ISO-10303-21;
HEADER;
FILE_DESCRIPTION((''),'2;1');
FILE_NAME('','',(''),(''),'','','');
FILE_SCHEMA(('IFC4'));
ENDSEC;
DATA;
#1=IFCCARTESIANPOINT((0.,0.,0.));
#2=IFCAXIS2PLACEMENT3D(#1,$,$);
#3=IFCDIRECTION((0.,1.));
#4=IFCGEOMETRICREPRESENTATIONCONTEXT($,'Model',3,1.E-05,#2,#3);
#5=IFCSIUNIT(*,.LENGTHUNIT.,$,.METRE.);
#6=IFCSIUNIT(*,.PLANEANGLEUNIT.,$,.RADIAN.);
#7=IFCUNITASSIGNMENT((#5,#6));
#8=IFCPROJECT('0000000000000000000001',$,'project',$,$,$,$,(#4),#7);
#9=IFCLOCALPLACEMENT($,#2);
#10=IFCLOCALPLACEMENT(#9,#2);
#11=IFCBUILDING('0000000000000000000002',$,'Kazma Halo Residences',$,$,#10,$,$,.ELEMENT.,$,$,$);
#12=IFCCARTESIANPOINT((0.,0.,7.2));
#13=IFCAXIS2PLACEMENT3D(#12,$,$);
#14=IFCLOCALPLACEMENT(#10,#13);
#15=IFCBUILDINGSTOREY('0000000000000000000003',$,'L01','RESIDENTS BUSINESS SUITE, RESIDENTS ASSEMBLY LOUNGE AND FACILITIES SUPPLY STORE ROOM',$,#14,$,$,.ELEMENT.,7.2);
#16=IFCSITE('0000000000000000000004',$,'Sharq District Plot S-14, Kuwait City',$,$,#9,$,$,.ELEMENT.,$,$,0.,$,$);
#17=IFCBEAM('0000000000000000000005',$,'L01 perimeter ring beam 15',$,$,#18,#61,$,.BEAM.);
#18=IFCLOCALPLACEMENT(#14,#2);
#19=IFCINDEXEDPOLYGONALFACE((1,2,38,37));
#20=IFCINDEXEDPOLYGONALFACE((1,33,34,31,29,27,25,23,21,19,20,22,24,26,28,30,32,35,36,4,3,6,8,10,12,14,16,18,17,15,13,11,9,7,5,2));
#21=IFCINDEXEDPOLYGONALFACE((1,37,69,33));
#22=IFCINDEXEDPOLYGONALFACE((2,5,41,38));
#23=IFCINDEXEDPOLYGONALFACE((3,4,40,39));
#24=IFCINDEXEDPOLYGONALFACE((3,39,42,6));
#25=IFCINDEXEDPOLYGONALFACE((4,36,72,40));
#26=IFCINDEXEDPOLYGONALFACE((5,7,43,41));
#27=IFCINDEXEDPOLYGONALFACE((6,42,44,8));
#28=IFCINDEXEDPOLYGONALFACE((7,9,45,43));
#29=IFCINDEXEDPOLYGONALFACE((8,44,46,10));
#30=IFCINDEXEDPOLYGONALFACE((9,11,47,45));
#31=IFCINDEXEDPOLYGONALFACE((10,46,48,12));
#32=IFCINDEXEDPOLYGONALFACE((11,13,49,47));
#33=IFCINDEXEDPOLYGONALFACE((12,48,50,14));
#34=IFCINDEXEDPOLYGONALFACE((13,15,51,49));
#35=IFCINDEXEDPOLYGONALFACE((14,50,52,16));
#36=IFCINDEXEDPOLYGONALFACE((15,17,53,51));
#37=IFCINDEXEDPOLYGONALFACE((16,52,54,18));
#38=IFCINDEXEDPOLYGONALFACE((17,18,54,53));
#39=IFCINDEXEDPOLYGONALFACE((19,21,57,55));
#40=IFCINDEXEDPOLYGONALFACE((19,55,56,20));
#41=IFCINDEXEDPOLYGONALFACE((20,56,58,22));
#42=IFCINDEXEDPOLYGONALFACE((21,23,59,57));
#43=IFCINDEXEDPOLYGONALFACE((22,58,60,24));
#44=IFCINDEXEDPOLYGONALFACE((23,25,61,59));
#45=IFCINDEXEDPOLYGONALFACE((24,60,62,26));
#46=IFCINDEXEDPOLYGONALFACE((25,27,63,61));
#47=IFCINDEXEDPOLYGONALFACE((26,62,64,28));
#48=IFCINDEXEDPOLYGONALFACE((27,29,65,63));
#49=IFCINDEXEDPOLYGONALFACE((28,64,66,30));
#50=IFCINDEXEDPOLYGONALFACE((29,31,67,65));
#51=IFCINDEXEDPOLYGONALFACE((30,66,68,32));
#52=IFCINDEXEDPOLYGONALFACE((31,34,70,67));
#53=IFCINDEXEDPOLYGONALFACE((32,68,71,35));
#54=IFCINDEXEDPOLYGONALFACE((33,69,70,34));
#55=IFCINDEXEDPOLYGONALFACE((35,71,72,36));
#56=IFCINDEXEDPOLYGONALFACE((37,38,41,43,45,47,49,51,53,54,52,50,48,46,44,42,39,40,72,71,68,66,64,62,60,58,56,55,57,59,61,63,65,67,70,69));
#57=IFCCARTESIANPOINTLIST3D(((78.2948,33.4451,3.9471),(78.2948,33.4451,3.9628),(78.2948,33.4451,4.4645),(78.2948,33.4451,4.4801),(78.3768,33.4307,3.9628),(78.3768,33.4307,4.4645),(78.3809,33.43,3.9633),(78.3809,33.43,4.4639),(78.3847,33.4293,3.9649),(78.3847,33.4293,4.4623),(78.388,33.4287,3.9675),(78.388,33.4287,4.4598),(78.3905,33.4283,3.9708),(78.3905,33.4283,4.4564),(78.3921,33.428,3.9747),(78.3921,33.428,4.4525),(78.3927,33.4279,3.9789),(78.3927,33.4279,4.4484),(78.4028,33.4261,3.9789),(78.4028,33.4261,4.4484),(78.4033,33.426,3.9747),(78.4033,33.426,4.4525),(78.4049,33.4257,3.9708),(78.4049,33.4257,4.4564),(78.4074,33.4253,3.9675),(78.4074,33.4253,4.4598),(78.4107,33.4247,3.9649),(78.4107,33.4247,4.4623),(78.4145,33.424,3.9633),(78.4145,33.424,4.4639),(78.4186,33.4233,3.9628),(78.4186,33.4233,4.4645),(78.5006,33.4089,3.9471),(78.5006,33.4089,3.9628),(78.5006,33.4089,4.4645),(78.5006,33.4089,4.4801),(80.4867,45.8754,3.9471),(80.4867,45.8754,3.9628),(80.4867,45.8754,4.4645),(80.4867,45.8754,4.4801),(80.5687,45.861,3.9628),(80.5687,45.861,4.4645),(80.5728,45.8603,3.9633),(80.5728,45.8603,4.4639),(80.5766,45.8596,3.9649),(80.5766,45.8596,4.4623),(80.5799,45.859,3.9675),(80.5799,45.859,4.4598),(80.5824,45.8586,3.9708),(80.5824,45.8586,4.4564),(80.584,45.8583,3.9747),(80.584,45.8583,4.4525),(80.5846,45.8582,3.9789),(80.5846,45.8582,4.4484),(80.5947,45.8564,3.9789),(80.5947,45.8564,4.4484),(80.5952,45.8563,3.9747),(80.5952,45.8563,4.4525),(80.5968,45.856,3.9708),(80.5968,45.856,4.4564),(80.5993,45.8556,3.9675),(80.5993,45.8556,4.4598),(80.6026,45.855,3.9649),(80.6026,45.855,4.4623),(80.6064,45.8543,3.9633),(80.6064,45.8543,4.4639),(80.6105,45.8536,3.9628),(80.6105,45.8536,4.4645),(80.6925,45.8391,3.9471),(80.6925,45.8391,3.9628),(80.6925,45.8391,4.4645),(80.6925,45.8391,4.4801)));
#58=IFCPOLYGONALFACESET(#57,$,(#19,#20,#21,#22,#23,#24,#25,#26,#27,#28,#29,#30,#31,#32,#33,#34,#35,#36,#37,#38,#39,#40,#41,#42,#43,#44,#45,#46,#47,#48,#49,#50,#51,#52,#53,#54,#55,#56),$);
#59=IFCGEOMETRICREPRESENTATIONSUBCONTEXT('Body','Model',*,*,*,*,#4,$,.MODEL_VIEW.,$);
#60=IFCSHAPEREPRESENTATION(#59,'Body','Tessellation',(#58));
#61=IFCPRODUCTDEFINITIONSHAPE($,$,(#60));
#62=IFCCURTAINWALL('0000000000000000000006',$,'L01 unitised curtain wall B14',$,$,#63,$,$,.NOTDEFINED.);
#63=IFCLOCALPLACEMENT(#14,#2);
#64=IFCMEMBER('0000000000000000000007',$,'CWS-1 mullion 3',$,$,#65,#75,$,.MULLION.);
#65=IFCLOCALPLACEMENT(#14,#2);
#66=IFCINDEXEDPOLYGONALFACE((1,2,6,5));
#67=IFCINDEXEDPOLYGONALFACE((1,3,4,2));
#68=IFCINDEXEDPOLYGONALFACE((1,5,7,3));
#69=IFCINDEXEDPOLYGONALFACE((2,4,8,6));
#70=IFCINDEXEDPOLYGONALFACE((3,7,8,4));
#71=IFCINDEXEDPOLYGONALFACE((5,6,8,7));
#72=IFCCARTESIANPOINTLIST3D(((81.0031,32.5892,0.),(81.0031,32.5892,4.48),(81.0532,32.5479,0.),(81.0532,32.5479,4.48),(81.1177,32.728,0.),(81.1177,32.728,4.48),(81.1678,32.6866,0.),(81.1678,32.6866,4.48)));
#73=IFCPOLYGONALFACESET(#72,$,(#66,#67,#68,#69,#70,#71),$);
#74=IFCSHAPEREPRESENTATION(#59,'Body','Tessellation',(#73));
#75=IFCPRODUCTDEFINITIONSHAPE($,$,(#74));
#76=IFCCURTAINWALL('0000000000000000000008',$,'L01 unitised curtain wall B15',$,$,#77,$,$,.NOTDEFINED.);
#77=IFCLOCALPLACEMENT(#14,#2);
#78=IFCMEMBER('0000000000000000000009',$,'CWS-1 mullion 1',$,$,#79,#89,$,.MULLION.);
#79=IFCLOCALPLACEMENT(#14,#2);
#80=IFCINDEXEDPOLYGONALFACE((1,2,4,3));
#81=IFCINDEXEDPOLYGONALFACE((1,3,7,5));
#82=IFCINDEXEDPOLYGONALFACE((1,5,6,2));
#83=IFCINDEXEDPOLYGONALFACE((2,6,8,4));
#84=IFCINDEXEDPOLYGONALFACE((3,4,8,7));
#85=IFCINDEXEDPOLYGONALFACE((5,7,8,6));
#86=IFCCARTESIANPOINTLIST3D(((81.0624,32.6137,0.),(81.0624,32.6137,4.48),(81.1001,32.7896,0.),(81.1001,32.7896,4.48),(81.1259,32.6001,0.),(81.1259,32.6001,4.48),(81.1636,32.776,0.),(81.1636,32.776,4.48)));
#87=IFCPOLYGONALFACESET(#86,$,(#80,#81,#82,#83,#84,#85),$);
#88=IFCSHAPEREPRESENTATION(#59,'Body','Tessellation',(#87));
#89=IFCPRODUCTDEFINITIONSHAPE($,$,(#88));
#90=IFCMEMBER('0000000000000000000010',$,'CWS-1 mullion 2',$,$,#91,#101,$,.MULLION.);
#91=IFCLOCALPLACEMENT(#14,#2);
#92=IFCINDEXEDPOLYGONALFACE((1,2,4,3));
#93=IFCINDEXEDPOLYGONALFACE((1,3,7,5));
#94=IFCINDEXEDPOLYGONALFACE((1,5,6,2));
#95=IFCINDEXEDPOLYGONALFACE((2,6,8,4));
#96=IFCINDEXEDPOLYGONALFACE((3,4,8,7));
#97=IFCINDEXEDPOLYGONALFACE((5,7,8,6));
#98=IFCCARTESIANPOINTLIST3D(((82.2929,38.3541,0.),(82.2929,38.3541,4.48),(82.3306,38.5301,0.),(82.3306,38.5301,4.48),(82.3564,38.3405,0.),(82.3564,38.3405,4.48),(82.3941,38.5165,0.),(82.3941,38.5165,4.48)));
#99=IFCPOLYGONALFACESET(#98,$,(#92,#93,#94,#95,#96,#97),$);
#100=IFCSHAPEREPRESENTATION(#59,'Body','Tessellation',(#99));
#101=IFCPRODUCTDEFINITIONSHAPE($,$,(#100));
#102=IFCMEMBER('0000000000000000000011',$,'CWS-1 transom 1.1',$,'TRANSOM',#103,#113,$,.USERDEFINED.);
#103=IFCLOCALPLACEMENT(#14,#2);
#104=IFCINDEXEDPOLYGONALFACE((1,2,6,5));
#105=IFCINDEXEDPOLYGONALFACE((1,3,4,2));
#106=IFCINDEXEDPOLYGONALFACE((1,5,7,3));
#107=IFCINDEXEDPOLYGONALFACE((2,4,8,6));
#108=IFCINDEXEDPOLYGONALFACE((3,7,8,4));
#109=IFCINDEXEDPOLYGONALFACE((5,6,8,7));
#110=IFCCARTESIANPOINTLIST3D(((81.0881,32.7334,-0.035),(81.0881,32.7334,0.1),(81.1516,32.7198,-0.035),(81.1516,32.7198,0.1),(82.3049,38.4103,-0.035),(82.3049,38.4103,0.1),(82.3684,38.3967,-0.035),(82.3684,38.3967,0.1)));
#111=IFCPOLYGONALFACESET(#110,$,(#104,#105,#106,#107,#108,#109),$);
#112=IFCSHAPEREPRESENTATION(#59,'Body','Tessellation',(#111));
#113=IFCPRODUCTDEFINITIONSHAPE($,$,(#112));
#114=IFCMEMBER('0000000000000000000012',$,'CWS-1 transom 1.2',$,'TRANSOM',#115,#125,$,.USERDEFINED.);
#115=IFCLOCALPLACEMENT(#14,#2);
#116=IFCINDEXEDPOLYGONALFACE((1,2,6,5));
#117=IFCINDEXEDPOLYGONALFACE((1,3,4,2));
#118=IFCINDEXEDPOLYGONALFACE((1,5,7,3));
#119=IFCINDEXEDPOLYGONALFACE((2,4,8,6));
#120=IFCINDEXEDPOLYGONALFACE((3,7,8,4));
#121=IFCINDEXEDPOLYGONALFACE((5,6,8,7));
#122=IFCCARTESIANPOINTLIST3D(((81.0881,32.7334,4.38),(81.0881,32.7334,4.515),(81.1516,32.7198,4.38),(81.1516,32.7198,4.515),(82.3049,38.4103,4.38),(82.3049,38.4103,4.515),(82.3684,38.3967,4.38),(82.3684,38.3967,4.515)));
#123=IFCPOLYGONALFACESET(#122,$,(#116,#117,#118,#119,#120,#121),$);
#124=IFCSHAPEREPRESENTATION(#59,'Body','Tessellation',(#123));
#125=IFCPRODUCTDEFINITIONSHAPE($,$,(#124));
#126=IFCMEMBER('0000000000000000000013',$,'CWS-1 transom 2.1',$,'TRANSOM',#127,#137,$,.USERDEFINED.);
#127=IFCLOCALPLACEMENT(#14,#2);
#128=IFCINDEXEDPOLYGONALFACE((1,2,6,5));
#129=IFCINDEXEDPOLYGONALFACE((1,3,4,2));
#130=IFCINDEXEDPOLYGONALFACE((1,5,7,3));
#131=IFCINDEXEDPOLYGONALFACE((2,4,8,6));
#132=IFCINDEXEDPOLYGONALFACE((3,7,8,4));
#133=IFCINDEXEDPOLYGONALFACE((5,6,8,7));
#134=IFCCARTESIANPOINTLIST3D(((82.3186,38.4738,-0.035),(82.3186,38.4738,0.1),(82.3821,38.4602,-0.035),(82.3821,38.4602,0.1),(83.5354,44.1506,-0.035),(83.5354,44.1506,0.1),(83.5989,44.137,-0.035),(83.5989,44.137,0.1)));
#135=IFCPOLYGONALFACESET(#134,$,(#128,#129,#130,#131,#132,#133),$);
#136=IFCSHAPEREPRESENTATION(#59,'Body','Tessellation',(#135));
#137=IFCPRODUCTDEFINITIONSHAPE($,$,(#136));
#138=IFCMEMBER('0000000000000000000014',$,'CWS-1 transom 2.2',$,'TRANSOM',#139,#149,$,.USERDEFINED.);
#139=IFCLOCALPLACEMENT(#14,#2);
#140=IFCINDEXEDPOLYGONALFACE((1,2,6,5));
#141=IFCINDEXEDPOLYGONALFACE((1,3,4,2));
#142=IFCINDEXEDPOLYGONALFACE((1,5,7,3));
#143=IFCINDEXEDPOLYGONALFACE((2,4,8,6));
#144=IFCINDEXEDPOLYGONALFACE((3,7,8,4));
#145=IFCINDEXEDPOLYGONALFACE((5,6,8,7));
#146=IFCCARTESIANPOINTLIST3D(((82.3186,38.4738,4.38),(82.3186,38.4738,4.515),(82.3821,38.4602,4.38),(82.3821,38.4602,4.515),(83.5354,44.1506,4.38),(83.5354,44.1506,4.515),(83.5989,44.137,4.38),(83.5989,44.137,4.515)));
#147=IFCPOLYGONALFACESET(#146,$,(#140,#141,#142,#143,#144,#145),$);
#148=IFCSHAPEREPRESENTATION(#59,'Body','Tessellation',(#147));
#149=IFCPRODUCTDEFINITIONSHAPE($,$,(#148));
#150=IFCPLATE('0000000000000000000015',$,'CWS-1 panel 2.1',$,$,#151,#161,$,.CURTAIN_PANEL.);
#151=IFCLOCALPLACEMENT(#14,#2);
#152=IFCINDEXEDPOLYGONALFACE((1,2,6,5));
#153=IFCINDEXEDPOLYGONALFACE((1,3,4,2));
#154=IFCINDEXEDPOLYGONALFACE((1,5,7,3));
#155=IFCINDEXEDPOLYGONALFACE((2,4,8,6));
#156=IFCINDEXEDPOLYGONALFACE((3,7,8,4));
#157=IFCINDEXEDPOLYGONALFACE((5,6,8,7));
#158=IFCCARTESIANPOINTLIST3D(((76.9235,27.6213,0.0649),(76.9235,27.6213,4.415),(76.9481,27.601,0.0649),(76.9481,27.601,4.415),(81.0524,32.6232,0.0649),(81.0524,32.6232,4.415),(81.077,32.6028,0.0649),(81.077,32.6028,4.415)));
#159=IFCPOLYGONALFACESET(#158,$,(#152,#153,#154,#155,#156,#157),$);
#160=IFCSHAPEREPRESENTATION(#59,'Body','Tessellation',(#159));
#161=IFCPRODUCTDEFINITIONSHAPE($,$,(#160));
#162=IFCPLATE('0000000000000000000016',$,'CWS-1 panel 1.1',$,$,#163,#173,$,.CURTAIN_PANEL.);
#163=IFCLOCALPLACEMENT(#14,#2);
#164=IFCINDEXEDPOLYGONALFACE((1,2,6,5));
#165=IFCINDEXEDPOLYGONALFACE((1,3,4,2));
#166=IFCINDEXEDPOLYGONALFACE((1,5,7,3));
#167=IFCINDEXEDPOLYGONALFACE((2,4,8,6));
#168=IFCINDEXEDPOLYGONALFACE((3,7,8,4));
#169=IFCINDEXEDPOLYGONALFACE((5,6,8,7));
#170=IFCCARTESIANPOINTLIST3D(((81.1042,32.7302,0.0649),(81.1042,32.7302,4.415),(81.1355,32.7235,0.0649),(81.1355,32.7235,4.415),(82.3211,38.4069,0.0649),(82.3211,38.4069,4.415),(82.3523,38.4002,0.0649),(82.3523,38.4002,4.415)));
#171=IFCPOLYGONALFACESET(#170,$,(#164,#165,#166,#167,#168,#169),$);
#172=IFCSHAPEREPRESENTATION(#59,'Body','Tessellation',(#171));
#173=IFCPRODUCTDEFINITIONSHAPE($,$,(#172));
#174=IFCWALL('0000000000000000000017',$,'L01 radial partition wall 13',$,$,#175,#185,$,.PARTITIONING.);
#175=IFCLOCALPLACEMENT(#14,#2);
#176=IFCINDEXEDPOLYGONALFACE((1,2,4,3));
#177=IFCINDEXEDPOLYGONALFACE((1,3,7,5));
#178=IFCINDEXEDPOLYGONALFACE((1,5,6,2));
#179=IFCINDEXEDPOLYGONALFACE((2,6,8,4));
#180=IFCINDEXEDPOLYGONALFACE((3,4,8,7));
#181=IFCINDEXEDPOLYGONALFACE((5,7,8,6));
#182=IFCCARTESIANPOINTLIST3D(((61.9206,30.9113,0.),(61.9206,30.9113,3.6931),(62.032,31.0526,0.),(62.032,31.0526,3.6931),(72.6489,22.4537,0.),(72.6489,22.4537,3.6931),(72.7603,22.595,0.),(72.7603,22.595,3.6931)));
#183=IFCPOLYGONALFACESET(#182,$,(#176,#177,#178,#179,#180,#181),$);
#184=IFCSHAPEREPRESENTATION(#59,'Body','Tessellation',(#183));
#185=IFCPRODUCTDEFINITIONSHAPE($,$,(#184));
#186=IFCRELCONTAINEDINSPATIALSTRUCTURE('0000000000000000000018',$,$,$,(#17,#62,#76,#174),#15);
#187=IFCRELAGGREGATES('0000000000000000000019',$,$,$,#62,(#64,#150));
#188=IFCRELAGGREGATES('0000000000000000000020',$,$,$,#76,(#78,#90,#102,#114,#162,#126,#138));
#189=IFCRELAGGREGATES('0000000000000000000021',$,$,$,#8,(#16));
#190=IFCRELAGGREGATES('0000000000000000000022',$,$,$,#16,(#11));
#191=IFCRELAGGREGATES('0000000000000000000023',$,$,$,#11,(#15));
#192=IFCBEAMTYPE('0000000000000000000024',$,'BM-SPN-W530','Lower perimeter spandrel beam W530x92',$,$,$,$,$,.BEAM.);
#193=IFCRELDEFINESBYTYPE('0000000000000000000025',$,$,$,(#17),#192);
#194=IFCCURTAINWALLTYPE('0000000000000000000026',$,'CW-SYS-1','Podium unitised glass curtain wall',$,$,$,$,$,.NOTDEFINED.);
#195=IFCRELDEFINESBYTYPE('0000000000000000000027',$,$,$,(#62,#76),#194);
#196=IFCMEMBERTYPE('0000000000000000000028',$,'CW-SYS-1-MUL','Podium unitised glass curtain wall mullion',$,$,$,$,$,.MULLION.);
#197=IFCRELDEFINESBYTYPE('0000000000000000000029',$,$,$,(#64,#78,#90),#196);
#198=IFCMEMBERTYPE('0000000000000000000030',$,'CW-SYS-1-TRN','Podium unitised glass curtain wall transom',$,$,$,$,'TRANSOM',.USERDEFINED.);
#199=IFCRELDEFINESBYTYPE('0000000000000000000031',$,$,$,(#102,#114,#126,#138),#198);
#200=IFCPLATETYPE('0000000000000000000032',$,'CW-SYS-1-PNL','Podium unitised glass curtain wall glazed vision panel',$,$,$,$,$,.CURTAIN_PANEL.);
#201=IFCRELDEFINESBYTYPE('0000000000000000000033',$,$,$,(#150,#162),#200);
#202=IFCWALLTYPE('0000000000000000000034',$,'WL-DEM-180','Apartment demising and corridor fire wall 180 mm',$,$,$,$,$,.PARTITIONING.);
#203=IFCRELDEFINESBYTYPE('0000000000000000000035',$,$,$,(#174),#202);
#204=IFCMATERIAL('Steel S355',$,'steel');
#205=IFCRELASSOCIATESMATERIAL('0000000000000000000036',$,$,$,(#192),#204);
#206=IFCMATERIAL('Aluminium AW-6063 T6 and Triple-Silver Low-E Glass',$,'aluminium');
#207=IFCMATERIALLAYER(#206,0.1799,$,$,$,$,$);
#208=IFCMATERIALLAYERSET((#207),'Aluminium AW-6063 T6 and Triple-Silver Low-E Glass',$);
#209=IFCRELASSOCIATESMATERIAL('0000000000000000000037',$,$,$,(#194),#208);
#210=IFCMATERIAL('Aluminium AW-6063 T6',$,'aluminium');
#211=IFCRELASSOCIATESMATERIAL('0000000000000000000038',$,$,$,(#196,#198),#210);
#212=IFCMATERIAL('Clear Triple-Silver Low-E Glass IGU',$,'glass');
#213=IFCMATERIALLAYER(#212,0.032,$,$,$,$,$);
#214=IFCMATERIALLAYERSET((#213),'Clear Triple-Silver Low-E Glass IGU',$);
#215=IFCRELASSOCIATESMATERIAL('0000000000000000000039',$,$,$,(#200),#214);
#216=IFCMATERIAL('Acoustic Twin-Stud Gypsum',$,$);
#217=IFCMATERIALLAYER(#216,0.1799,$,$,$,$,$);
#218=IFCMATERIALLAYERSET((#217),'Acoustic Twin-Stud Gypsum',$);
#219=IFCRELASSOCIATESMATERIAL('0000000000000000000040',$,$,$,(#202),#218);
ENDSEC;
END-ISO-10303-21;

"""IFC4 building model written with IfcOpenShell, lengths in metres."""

from ifc_helpers import new_model, si_unit, direction, frame, frame_2d, origin, origin_2d, place, context, subcontext, project, spatial, rectangle, i_section, extrude, material, layer, layer_set, material_profile, profile_set, type_object, element, aggregate, save


model = new_model("IFC4")

# Units and contexts
model_context = context("Model", 3, precision=1e-05, world=origin(), true_north=direction((0.0, 1.0)))
body_context = subcontext(model_context, "Body", "Model", "MODEL_VIEW")
ifc_project = project(units=[si_unit("LENGTHUNIT", "METRE"), si_unit("PLANEANGLEUNIT", "RADIAN")], contexts=[model_context])

# Site, building, storey
site_placement = place(None, origin())
site = spatial("IfcSite", under=ifc_project, at=site_placement, Name="Sharq District Plot S-14, Kuwait City", CompositionType="ELEMENT", RefElevation=0.0)
building_placement = place(site_placement, origin())
building = spatial("IfcBuilding", under=site, at=building_placement, Name="Kazma Halo Residences", CompositionType="ELEMENT")
storey_placement = place(building_placement, frame((0.0, 0.0, 7.2)))
storey = spatial("IfcBuildingStorey", under=building, at=storey_placement, Name="L01", Description="RESIDENTS BUSINESS SUITE, RESIDENTS ASSEMBLY LOUNGE AND FACILITIES SUPPLY STORE ROOM", CompositionType="ELEMENT", Elevation=7.2)

# Beam
ifc_material_1 = material(Name="Steel S355", Category="steel")
ifc_material_profile_1 = material_profile(ifc_material_1, i_section(OverallWidth=0.209, OverallDepth=0.533, WebThickness=0.0103, FlangeThickness=0.0156, FilletRadius=0.0161, at=origin_2d()), Name="W530x92")
ifc_profile_set_1 = profile_set([ifc_material_profile_1], Name="Steel S355")
beam_type_1 = type_object("IfcBeamType", Name="BM-SPN-W530", Description="Lower perimeter spandrel beam W530x92", PredefinedType="BEAM", material=ifc_profile_set_1)
beam_1_placement = place(storey_placement, frame((78.3977, 33.427, 4.2136), z_axis=(0.173657, 0.984806, 0.0), x_axis=(-0.984806, 0.173657, 0.0)))
element("IfcBeam", 1, at=beam_1_placement, inside=storey, type_object=beam_type_1, Name="L01 perimeter ring beam 15", PredefinedType="BEAM", context=body_context, shape_type="SweptSolid", body=[
    extrude(i_section(OverallWidth=0.209, OverallDepth=0.533, WebThickness=0.0103, FlangeThickness=0.0156, FilletRadius=0.0161, at=origin_2d()), origin(), (0.0, 0.0, 1.0), 12.6221),
])

# Curtain wall, member
ifc_material_2 = material(Name="Aluminium AW-6063 T6 and Triple-Silver Low-E Glass", Category="aluminium")
ifc_layer_1 = layer(ifc_material_2, 0.1799)
ifc_layer_set_1 = layer_set([ifc_layer_1], Name="Aluminium AW-6063 T6 and Triple-Silver Low-E Glass")
curtain_wall_type = type_object("IfcCurtainWallType", Name="CW-SYS-1", Description="Podium unitised glass curtain wall", PredefinedType="NOTDEFINED", material=ifc_layer_set_1)
curtain_wall_1_placement = place(storey_placement, origin())
curtain_wall_1 = element("IfcCurtainWall", 2, at=curtain_wall_1_placement, inside=storey, type_object=curtain_wall_type, Name="L01 unitised curtain wall B14", PredefinedType="NOTDEFINED")
ifc_material_3 = material(Name="Aluminium AW-6063 T6", Category="aluminium")
ifc_material_profile_2 = material_profile(ifc_material_3, rectangle(XDim=0.0649, YDim=0.1799, at=origin_2d()), Name="CWM-65x180")
ifc_profile_set_2 = profile_set([ifc_material_profile_2], Name="Aluminium AW-6063 T6")
member_type_1 = type_object("IfcMemberType", Name="CW-SYS-1-MUL", Description="Podium unitised glass curtain wall mullion", PredefinedType="MULLION", material=ifc_profile_set_2)
member_1_placement = place(storey_placement, frame((81.0854, 32.6379, 0.0), z_axis=(0.0, 0.0, 1.0), x_axis=(-0.771192, 0.636603, 0.0)))
member_1 = element("IfcMember", 3, at=member_1_placement, type_object=member_type_1, Name="CWS-1 mullion 3", PredefinedType="MULLION", context=body_context, shape_type="SweptSolid", body=[
    extrude(rectangle(XDim=0.0649, YDim=0.1799, at=origin_2d()), origin(), (0.0, 0.0, 1.0), 4.48),
])

# Curtain wall, members
curtain_wall_2_placement = place(storey_placement, origin())
curtain_wall_2 = element("IfcCurtainWall", 4, at=curtain_wall_2_placement, inside=storey, type_object=curtain_wall_type, Name="L01 unitised curtain wall B15", PredefinedType="NOTDEFINED")
member_2_placement = place(storey_placement, frame((81.113, 32.6948, 0.0), z_axis=(0.0, 0.0, 1.0), x_axis=(-0.977788, 0.209596, 0.0)))
member_2 = element("IfcMember", 5, at=member_2_placement, type_object=member_type_1, Name="CWS-1 mullion 1", PredefinedType="MULLION", context=body_context, shape_type="SweptSolid", body=[
    extrude(rectangle(XDim=0.0649, YDim=0.1799, at=origin_2d()), origin(), (0.0, 0.0, 1.0), 4.48),
])
member_3_placement = place(storey_placement, frame((82.3435, 38.4353, 0.0), z_axis=(0.0, 0.0, 1.0), x_axis=(-0.977788, 0.209596, 0.0)))
member_3 = element("IfcMember", 6, at=member_3_placement, type_object=member_type_1, Name="CWS-1 mullion 2", PredefinedType="MULLION", context=body_context, shape_type="SweptSolid", body=[
    extrude(rectangle(XDim=0.0649, YDim=0.1799, at=origin_2d()), origin(), (0.0, 0.0, 1.0), 4.48),
])
ifc_material_profile_3 = material_profile(ifc_material_3, rectangle(XDim=0.0649, YDim=0.135, at=origin_2d()), Name="CWT-65x135")
ifc_profile_set_3 = profile_set([ifc_material_profile_3], Name="Aluminium AW-6063 T6")
member_type_2 = type_object("IfcMemberType", Name="CW-SYS-1-TRN", Description="Podium unitised glass curtain wall transom", ElementType="TRANSOM", PredefinedType="USERDEFINED", material=ifc_profile_set_3)
member_4_placement = place(storey_placement, frame((81.1199, 32.7266, 0.0325), z_axis=(0.209578, 0.977792, 0.0), x_axis=(-0.977792, 0.209578, 0.0)))
member_4 = element("IfcMember", 7, at=member_4_placement, type_object=member_type_2, Name="CWS-1 transom 1.1", ObjectType="TRANSOM", PredefinedType="USERDEFINED", context=body_context, shape_type="SweptSolid", body=[
    extrude(rectangle(XDim=0.0649, YDim=0.135, at=origin_2d()), origin(), (0.0, 0.0, 1.0), 5.8059),
])
member_5_placement = place(storey_placement, frame((81.1199, 32.7266, 4.4475), z_axis=(0.209578, 0.977792, 0.0), x_axis=(-0.977792, 0.209578, 0.0)))
member_5 = element("IfcMember", 8, at=member_5_placement, type_object=member_type_2, Name="CWS-1 transom 1.2", ObjectType="TRANSOM", PredefinedType="USERDEFINED", context=body_context, shape_type="SweptSolid", body=[
    extrude(rectangle(XDim=0.0649, YDim=0.135, at=origin_2d()), origin(), (0.0, 0.0, 1.0), 5.8059),
])
member_6_placement = place(storey_placement, frame((82.3503, 38.467, 0.0325), z_axis=(0.209587, 0.97779, 0.0), x_axis=(-0.97779, 0.209587, 0.0)))
member_6 = element("IfcMember", 9, at=member_6_placement, type_object=member_type_2, Name="CWS-1 transom 2.1", ObjectType="TRANSOM", PredefinedType="USERDEFINED", context=body_context, shape_type="SweptSolid", body=[
    extrude(rectangle(XDim=0.0649, YDim=0.135, at=origin_2d()), origin(), (0.0, 0.0, 1.0), 5.8057),
])
member_7_placement = place(storey_placement, frame((82.3503, 38.467, 4.4475), z_axis=(0.209587, 0.97779, 0.0), x_axis=(-0.97779, 0.209587, 0.0)))
member_7 = element("IfcMember", 10, at=member_7_placement, type_object=member_type_2, Name="CWS-1 transom 2.2", ObjectType="TRANSOM", PredefinedType="USERDEFINED", context=body_context, shape_type="SweptSolid", body=[
    extrude(rectangle(XDim=0.0649, YDim=0.135, at=origin_2d()), origin(), (0.0, 0.0, 1.0), 5.8057),
])

# Plates
ifc_material_4 = material(Name="Clear Triple-Silver Low-E Glass IGU", Category="glass")
ifc_layer_2 = layer(ifc_material_4, 0.032)
ifc_layer_set_2 = layer_set([ifc_layer_2], Name="Clear Triple-Silver Low-E Glass IGU")
plate_type = type_object("IfcPlateType", Name="CW-SYS-1-PNL", Description="Podium unitised glass curtain wall glazed vision panel", PredefinedType="CURTAIN_PANEL", material=ifc_layer_set_2)
plate_1_placement = place(storey_placement, frame((79.0002, 30.1121, 0.0649), z_axis=(0.0, 0.0, 1.0), x_axis=(0.636603, 0.771192, 0.0)))
plate_1 = element("IfcPlate", 11, at=plate_1_placement, type_object=plate_type, Name="CWS-1 panel 2.1", PredefinedType="CURTAIN_PANEL", context=body_context, shape_type="SweptSolid", body=[
    extrude(rectangle(XDim=6.4858, YDim=0.032, at=origin_2d()), origin(), (0.0, 0.0, 1.0), 4.3501),
])
aggregate(curtain_wall_1, [member_1, plate_1])
plate_2_placement = place(storey_placement, frame((81.7283, 35.5652, 0.0649), z_axis=(0.0, 0.0, 1.0), x_axis=(0.209596, 0.977788, 0.0)))
plate_2 = element("IfcPlate", 12, at=plate_2_placement, type_object=plate_type, Name="CWS-1 panel 1.1", PredefinedType="CURTAIN_PANEL", context=body_context, shape_type="SweptSolid", body=[
    extrude(rectangle(XDim=5.8057, YDim=0.032, at=origin_2d()), origin(), (0.0, 0.0, 1.0), 4.3501),
])
aggregate(curtain_wall_2, [member_2, member_3, member_4, member_5, plate_2, member_6, member_7])

# Wall
ifc_material_5 = material(Name="Acoustic Twin-Stud Gypsum")
ifc_layer_3 = layer(ifc_material_5, 0.1799)
ifc_layer_set_3 = layer_set([ifc_layer_3], Name="Acoustic Twin-Stud Gypsum")
wall_type_1 = type_object("IfcWallType", Name="WL-DEM-180", Description="Apartment demising and corridor fire wall 180 mm", PredefinedType="PARTITIONING", material=ifc_layer_set_3)
wall_1_placement = place(storey_placement, frame((61.9763, 30.9819, 0.0), z_axis=(0.0, 0.0, 1.0), x_axis=(0.785316, -0.619095, 0.0)))
element("IfcWall", 13, at=wall_1_placement, inside=storey, type_object=wall_type_1, Name="L01 radial partition wall 13", PredefinedType="PARTITIONING", context=body_context, shape_type="SweptSolid", body=[
    extrude(rectangle(XDim=13.6611, YDim=0.1799, at=frame_2d((6.8306, 0.0))), origin(), (0.0, 0.0, 1.0), 3.6931),
])

save(model, "model.ifc")
